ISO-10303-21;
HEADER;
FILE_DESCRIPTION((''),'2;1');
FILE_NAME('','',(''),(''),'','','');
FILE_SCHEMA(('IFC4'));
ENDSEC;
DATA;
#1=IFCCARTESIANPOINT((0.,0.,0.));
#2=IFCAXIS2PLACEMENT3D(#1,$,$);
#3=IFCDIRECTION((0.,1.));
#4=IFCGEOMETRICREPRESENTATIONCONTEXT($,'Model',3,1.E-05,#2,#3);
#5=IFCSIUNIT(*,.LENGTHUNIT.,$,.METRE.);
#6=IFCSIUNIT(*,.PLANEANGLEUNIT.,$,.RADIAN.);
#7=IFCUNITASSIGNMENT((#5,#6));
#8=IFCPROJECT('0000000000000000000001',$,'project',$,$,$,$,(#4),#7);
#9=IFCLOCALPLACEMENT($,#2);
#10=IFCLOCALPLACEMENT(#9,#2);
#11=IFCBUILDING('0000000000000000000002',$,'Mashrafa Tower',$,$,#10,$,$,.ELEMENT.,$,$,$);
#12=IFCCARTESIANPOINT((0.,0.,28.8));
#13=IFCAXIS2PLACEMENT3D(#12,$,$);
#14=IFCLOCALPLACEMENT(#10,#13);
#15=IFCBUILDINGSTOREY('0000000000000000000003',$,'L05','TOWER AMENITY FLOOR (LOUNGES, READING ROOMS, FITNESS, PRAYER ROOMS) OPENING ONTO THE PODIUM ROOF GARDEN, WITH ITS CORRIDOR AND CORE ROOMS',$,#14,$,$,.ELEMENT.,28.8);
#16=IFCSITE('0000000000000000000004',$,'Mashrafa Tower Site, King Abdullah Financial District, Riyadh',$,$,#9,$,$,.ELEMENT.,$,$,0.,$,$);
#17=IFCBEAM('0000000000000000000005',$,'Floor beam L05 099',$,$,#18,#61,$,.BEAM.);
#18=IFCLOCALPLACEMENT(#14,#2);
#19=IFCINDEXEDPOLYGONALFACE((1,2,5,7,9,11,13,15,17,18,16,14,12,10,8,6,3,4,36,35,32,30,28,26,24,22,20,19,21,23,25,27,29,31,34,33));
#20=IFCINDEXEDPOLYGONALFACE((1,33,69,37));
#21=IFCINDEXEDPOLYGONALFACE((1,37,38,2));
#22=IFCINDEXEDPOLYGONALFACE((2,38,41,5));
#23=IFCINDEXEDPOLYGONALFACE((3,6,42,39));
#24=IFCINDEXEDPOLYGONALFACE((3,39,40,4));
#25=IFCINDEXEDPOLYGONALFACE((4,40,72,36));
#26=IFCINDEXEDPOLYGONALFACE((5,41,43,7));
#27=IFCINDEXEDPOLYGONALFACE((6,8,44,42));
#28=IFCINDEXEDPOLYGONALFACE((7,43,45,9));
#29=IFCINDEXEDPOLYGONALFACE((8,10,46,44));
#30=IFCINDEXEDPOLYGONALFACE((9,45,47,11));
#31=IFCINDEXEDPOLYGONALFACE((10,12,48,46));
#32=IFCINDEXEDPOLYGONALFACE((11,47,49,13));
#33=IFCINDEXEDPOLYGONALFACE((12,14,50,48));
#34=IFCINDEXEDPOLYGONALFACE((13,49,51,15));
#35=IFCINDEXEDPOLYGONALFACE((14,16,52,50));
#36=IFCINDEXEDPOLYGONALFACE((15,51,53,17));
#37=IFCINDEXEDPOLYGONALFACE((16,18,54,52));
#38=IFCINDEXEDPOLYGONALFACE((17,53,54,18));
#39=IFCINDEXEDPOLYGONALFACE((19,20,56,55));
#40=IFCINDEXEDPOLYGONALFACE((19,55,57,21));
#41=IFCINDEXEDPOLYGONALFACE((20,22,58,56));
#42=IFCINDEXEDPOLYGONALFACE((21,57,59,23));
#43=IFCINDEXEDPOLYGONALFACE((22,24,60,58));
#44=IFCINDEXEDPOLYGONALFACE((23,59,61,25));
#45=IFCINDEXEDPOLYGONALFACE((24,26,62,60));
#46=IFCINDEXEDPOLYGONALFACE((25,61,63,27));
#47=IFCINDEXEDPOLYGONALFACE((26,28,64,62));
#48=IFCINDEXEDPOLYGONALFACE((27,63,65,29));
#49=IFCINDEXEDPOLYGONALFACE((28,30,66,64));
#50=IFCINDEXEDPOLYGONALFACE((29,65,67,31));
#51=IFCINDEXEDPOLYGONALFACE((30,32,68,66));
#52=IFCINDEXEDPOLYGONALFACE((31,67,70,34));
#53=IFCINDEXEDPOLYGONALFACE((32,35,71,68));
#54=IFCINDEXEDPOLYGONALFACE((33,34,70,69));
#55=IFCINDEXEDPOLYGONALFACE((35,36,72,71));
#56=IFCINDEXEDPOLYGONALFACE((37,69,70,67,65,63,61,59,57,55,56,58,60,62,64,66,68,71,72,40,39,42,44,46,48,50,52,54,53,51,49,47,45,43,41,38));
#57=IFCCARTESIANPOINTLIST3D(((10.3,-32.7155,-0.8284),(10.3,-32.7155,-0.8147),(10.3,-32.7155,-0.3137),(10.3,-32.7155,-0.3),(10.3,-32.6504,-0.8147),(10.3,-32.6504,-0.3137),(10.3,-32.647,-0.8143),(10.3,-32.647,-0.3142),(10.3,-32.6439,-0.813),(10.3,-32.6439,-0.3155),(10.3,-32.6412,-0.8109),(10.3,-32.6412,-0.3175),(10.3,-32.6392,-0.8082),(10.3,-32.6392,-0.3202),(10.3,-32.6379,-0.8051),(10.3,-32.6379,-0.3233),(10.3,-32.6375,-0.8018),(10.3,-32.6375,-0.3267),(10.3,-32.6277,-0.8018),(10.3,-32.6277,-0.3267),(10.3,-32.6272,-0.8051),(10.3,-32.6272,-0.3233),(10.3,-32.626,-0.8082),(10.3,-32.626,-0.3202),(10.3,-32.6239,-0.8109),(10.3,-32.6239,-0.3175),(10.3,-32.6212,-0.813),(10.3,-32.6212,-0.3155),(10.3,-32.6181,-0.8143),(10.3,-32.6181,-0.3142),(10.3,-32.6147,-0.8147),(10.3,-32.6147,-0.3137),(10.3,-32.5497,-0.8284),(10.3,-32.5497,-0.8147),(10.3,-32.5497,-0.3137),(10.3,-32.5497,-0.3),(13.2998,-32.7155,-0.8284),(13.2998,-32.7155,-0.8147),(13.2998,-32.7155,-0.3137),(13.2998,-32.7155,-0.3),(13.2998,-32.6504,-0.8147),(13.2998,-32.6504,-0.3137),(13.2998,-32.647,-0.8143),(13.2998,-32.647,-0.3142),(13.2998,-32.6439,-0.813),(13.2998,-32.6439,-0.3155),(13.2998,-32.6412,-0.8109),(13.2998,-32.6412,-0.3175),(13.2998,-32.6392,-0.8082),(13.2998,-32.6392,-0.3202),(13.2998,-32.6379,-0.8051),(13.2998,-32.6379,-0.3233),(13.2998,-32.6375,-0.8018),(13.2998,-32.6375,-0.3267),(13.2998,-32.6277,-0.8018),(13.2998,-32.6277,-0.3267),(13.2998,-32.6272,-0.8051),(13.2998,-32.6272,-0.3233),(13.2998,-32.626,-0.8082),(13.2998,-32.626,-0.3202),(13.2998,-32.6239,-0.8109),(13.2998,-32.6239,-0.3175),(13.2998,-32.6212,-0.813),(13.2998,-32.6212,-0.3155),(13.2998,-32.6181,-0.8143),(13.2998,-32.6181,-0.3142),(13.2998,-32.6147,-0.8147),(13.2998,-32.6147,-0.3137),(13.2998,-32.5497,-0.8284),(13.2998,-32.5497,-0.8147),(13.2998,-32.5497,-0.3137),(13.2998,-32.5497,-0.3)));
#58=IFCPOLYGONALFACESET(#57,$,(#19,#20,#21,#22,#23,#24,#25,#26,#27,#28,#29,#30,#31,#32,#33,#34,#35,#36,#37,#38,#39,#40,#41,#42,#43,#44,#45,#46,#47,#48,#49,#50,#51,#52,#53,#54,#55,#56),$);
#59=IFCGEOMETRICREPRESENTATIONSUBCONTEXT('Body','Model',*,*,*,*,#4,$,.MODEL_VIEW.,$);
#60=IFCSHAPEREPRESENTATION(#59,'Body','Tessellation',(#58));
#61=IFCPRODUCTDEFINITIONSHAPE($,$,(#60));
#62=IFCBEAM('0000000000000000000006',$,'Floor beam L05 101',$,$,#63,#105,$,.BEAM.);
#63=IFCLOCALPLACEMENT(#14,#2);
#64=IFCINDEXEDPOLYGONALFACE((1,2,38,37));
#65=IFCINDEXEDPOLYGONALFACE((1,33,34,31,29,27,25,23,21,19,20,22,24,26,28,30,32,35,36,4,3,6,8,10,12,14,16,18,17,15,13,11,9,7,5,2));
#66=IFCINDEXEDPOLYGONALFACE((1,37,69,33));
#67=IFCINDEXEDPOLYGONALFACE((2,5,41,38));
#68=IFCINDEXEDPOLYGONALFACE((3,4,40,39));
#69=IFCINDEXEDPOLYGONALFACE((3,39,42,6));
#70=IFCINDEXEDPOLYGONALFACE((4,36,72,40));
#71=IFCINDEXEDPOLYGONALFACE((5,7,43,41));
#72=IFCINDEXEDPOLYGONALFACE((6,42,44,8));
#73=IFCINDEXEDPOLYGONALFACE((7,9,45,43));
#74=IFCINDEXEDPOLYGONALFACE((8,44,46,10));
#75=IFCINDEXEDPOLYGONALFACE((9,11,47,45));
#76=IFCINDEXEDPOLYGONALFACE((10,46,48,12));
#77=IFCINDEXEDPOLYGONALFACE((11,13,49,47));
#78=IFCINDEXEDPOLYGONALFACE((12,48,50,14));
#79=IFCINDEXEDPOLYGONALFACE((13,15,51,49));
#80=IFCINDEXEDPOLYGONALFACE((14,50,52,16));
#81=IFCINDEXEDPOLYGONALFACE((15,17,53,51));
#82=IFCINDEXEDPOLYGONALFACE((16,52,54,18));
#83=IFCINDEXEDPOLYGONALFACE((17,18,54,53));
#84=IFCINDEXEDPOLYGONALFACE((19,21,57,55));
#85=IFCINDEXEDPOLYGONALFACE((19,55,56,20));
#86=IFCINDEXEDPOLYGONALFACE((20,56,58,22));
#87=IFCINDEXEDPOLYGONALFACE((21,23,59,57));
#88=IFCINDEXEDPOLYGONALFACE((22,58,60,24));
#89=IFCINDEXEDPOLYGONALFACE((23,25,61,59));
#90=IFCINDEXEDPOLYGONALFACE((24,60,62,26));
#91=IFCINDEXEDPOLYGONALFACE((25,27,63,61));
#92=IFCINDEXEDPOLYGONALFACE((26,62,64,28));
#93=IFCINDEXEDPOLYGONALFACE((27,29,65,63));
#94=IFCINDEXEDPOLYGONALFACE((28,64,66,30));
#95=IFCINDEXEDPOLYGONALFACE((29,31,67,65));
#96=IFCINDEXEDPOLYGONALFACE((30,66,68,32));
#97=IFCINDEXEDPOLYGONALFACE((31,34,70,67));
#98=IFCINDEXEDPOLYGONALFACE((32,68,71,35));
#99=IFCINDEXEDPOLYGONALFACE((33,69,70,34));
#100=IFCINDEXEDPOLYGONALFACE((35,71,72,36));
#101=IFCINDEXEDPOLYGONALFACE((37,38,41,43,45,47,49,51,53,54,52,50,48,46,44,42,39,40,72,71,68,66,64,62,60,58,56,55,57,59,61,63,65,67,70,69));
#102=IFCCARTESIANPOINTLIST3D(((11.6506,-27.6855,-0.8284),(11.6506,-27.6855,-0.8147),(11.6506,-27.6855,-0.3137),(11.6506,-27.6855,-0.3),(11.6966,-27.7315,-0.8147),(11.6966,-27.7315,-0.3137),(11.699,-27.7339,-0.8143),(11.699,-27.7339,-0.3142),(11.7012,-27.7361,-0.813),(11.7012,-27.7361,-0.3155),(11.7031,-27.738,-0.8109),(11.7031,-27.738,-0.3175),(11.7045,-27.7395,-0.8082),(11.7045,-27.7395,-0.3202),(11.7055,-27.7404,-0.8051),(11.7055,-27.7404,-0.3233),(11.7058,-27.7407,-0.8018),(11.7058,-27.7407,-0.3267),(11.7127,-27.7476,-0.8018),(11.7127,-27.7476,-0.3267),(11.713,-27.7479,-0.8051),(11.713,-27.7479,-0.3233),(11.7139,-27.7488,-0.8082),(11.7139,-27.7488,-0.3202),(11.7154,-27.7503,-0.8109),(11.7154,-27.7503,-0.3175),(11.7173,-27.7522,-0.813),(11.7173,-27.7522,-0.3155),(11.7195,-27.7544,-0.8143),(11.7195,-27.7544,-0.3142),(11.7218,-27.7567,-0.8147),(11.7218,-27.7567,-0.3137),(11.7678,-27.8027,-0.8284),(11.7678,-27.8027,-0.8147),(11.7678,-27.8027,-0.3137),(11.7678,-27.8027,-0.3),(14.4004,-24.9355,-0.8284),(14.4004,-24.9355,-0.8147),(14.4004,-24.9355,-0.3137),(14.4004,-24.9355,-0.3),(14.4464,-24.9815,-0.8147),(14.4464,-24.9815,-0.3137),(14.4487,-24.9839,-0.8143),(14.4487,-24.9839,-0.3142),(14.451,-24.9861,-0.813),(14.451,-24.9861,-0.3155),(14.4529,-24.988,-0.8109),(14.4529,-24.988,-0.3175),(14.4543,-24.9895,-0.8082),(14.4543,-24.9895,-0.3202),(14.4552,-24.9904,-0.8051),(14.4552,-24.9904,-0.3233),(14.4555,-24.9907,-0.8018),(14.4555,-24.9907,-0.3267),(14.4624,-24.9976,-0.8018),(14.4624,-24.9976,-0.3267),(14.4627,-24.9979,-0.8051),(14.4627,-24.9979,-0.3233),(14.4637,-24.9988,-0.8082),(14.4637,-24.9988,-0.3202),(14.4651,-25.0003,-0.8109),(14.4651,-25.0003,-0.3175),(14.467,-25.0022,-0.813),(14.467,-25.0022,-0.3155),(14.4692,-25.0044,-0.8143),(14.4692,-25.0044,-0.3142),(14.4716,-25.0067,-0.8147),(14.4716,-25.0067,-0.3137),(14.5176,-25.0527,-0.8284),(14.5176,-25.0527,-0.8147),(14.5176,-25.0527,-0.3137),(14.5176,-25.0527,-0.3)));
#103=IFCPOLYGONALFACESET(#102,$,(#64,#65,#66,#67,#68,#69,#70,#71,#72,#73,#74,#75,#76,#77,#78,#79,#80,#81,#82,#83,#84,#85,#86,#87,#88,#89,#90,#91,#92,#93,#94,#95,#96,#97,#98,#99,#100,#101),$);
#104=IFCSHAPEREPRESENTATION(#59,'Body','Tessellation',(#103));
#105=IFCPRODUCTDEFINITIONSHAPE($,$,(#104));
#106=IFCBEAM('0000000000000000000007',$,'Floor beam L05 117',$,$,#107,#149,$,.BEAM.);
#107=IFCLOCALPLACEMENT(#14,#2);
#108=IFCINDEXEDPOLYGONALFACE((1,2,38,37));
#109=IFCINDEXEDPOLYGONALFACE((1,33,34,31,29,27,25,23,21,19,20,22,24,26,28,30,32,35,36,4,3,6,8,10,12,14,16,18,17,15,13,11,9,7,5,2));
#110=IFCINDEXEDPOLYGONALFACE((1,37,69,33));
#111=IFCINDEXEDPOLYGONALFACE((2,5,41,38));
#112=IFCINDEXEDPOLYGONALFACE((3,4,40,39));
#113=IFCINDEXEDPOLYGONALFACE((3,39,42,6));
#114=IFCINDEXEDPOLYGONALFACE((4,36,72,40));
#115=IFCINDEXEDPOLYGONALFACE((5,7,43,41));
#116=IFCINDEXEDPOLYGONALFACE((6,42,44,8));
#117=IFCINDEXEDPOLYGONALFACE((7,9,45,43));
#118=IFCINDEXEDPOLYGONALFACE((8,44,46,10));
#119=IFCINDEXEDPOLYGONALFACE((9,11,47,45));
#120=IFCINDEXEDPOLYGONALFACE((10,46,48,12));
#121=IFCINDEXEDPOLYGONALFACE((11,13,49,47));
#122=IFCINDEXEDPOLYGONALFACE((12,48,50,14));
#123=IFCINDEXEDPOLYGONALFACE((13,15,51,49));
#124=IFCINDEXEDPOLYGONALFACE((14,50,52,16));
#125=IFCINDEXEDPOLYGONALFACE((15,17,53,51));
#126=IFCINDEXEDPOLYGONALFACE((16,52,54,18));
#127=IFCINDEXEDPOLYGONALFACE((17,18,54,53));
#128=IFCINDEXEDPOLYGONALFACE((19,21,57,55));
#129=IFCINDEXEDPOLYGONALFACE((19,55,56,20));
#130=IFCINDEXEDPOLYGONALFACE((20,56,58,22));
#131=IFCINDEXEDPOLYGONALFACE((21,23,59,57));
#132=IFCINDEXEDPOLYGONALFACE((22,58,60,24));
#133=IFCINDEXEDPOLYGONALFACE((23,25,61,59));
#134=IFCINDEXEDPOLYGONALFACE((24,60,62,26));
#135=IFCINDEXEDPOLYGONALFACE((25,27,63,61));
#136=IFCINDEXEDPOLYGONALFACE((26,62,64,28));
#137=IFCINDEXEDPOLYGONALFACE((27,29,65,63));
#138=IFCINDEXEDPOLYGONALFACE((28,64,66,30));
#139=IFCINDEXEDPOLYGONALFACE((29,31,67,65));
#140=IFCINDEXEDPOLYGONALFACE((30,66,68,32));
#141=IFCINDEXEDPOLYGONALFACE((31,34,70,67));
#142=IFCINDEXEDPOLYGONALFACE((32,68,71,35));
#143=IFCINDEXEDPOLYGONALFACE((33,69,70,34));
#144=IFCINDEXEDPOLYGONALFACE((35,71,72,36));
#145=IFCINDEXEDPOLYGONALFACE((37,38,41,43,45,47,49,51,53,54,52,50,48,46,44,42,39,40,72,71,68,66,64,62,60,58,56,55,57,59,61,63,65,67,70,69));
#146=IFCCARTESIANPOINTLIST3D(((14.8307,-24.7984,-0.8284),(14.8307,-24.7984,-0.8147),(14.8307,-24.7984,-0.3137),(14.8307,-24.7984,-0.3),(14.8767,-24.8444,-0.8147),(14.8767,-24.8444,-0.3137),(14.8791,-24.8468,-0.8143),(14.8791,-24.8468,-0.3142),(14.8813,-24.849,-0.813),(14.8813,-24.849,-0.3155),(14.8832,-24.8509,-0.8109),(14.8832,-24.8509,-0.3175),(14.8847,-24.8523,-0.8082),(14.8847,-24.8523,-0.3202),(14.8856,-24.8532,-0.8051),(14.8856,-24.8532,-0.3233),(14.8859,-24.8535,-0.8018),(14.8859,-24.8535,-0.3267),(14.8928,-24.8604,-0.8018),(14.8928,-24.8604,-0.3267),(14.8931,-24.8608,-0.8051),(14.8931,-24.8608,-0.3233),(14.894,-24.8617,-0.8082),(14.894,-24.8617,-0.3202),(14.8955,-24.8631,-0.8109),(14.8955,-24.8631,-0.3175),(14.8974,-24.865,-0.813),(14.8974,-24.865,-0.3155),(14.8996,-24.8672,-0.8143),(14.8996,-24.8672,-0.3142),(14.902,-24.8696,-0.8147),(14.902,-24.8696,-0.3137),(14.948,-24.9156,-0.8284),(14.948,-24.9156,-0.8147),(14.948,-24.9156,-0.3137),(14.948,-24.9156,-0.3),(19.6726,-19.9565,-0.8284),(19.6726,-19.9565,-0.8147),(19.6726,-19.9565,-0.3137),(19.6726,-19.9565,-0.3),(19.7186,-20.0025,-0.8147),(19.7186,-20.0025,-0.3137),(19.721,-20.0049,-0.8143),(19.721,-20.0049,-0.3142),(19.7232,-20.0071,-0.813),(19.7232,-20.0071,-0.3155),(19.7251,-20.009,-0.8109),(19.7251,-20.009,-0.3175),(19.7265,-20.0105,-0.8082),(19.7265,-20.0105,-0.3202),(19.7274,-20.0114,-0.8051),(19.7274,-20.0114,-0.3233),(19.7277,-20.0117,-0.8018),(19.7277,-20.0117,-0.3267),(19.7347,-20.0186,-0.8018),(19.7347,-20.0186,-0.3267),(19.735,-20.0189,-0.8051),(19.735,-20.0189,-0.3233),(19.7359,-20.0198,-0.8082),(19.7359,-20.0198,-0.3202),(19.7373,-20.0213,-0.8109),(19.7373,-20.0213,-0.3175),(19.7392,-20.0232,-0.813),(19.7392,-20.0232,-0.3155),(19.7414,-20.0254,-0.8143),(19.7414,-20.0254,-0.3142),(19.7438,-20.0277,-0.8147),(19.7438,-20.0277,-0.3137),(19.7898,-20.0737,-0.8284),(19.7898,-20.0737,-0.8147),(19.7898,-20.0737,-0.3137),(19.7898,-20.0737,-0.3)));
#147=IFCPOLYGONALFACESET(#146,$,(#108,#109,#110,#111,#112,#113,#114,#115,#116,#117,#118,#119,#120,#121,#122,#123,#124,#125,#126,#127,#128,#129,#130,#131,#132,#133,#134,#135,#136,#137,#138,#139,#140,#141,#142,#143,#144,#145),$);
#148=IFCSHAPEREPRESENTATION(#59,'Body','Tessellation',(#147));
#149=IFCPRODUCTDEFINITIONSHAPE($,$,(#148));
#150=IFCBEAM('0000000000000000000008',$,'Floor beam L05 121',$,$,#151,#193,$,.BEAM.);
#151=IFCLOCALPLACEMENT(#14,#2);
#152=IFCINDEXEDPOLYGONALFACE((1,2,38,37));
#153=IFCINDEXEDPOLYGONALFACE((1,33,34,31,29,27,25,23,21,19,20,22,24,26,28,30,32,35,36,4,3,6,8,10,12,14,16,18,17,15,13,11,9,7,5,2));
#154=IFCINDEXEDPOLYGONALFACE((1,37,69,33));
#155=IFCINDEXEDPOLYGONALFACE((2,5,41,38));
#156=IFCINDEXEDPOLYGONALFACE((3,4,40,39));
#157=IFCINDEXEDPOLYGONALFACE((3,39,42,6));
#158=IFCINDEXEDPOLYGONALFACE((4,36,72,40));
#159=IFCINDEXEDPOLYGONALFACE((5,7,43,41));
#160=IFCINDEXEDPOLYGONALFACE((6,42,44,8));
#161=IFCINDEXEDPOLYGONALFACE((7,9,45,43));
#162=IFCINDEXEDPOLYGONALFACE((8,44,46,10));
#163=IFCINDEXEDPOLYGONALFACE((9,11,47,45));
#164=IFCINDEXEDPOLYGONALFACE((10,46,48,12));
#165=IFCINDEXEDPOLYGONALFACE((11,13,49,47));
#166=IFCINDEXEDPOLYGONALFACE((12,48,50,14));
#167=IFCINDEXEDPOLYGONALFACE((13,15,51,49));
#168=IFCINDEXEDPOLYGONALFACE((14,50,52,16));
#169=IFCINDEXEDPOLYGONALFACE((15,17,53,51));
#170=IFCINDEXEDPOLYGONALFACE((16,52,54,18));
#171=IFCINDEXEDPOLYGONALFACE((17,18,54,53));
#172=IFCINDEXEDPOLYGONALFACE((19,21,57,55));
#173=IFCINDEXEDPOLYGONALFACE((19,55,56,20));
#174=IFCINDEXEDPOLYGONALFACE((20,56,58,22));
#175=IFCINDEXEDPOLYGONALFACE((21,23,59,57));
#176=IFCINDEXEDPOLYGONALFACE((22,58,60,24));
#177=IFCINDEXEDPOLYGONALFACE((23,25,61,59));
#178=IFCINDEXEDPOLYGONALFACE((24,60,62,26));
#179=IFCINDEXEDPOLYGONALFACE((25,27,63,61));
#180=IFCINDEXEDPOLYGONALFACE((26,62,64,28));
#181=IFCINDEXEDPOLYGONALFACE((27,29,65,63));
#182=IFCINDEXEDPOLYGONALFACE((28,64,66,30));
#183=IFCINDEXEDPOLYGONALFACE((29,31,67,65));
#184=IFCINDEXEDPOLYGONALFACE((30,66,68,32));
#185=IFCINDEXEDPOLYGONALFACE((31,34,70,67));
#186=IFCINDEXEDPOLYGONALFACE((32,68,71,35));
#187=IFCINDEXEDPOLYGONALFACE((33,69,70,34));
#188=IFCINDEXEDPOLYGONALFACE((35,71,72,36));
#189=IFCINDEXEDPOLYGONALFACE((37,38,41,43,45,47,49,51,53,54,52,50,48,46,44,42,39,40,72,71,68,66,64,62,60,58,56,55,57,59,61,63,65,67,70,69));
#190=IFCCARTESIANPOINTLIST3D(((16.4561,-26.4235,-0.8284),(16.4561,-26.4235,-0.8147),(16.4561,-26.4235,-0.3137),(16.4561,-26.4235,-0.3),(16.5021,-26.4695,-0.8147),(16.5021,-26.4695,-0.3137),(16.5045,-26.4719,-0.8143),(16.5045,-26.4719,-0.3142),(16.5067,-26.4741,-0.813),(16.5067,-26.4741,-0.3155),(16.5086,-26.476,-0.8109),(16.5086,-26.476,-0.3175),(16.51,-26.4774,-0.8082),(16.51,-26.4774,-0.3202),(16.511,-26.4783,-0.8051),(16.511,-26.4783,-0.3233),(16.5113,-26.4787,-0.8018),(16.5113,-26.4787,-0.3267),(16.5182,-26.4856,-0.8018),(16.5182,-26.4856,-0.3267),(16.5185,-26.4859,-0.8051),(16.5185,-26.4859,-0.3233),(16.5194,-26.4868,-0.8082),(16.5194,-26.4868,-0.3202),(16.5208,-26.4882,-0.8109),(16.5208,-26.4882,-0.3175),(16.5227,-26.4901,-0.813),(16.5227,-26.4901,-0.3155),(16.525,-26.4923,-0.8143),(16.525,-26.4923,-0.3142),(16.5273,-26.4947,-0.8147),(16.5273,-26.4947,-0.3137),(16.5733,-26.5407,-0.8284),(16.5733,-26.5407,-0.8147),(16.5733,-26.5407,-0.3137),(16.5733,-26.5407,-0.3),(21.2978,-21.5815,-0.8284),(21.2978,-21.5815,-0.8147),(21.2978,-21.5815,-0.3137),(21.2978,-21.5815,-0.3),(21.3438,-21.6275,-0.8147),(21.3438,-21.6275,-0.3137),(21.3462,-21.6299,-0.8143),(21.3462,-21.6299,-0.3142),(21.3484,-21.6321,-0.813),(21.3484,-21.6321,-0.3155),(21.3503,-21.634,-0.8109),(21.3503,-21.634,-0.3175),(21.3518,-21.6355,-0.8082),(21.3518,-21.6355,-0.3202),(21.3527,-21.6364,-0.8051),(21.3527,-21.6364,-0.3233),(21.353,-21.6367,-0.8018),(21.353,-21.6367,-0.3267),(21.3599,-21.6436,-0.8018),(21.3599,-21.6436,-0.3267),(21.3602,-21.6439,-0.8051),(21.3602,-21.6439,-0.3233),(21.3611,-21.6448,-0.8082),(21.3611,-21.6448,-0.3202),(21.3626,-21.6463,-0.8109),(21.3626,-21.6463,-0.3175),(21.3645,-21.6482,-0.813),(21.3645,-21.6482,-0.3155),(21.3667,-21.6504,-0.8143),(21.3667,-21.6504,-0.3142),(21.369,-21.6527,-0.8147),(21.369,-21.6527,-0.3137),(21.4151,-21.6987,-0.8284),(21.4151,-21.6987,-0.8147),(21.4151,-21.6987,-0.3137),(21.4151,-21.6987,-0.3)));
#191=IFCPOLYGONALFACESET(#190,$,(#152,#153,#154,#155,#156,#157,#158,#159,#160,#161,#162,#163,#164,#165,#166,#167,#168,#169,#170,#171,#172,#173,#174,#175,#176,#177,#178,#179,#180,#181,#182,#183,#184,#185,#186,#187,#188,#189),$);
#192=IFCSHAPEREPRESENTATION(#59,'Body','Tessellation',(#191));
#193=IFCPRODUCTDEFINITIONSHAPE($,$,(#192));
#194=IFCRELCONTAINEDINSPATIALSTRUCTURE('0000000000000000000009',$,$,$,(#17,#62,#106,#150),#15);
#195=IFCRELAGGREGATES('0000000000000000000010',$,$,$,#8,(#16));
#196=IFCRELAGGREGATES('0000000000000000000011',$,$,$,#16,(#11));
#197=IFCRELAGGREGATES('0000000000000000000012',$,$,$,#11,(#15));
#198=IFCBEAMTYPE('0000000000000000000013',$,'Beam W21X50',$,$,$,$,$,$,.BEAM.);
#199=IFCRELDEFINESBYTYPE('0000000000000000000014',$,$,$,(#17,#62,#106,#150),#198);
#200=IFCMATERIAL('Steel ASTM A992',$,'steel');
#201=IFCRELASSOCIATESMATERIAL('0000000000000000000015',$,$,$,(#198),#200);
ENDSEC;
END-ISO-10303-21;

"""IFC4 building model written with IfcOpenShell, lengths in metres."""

from ifc_helpers import new_model, si_unit, direction, frame, origin, origin_2d, place, context, subcontext, project, spatial, i_section, extrude, material, material_profile, profile_set, type_object, element, save


model = new_model("IFC4")

# Units and contexts
model_context = context("Model", 3, precision=1e-05, world=origin(), true_north=direction((0.0, 1.0)))
body_context = subcontext(model_context, "Body", "Model", "MODEL_VIEW")
ifc_project = project(units=[si_unit("LENGTHUNIT", "METRE"), si_unit("PLANEANGLEUNIT", "RADIAN")], contexts=[model_context])

# Site, building, storey
site_placement = place(None, origin())
site = spatial("IfcSite", under=ifc_project, at=site_placement, Name="Mashrafa Tower Site, King Abdullah Financial District, Riyadh", CompositionType="ELEMENT", RefElevation=0.0)
building_placement = place(site_placement, origin())
building = spatial("IfcBuilding", under=site, at=building_placement, Name="Mashrafa Tower", CompositionType="ELEMENT")
storey_placement = place(building_placement, frame((0.0, 0.0, 28.8)))
storey = spatial("IfcBuildingStorey", under=building, at=storey_placement, Name="L05", Description="TOWER AMENITY FLOOR (LOUNGES, READING ROOMS, FITNESS, PRAYER ROOMS) OPENING ONTO THE PODIUM ROOF GARDEN, WITH ITS CORRIDOR AND CORE ROOMS", CompositionType="ELEMENT", Elevation=28.8)

# Beams
ifc_material_1 = material(Name="Steel ASTM A992", Category="steel")
ifc_material_profile_1 = material_profile(ifc_material_1, i_section(OverallWidth=0.1658, OverallDepth=0.5283, WebThickness=0.0098, FlangeThickness=0.0137, FilletRadius=0.0129, at=origin_2d()), Name="W21X50")
ifc_profile_set_1 = profile_set([ifc_material_profile_1], Name="Steel ASTM A992")
beam_type_1 = type_object("IfcBeamType", Name="Beam W21X50", PredefinedType="BEAM", material=ifc_profile_set_1)
beam_1_placement = place(storey_placement, frame((13.2998, -32.6326, -0.5642), z_axis=(-1.0, 0.0, 0.0), x_axis=(0.0, -1.0, 0.0)))
element("IfcBeam", 1, at=beam_1_placement, inside=storey, type_object=beam_type_1, Name="Floor beam L05 099", PredefinedType="BEAM", context=body_context, shape_type="SweptSolid", body=[
    extrude(i_section(OverallWidth=0.1658, OverallDepth=0.5283, WebThickness=0.0098, FlangeThickness=0.0137, FilletRadius=0.0129, at=origin_2d()), origin(), (0.0, 0.0, 1.0), 2.9998),
])
beam_2_placement = place(storey_placement, frame((14.459, -24.9941, -0.5642), z_axis=(-0.707075, -0.707138, 0.0), x_axis=(0.707138, -0.707075, 0.0)))
element("IfcBeam", 2, at=beam_2_placement, inside=storey, type_object=beam_type_1, Name="Floor beam L05 101", PredefinedType="BEAM", context=body_context, shape_type="SweptSolid", body=[
    extrude(i_section(OverallWidth=0.1658, OverallDepth=0.5283, WebThickness=0.0098, FlangeThickness=0.0137, FilletRadius=0.0129, at=origin_2d()), origin(), (0.0, 0.0, 1.0), 3.8889),
])
for number, where, z_axis, x_axis, name in (
    (3, (19.7312, -20.0151, -0.5642), (-0.707107, -0.707107, 0.0), (0.707107, -0.707107, 0.0), "Floor beam L05 117"),
    (4, (21.3564, -21.6401, -0.5642), (-0.707089, -0.707125, 0.0), (0.707125, -0.707089, 0.0), "Floor beam L05 121"),
):
    element("IfcBeam", number, at=place(storey_placement, frame(where, z_axis=z_axis, x_axis=x_axis)), inside=storey, type_object=beam_type_1, Name=name, PredefinedType="BEAM", context=body_context, shape_type="SweptSolid", body=[
        extrude(i_section(OverallWidth=0.1658, OverallDepth=0.5283, WebThickness=0.0098, FlangeThickness=0.0137, FilletRadius=0.0129, at=origin_2d()), origin(), (0.0, 0.0, 1.0), 6.8474),
    ])

save(model, "model.ifc")
